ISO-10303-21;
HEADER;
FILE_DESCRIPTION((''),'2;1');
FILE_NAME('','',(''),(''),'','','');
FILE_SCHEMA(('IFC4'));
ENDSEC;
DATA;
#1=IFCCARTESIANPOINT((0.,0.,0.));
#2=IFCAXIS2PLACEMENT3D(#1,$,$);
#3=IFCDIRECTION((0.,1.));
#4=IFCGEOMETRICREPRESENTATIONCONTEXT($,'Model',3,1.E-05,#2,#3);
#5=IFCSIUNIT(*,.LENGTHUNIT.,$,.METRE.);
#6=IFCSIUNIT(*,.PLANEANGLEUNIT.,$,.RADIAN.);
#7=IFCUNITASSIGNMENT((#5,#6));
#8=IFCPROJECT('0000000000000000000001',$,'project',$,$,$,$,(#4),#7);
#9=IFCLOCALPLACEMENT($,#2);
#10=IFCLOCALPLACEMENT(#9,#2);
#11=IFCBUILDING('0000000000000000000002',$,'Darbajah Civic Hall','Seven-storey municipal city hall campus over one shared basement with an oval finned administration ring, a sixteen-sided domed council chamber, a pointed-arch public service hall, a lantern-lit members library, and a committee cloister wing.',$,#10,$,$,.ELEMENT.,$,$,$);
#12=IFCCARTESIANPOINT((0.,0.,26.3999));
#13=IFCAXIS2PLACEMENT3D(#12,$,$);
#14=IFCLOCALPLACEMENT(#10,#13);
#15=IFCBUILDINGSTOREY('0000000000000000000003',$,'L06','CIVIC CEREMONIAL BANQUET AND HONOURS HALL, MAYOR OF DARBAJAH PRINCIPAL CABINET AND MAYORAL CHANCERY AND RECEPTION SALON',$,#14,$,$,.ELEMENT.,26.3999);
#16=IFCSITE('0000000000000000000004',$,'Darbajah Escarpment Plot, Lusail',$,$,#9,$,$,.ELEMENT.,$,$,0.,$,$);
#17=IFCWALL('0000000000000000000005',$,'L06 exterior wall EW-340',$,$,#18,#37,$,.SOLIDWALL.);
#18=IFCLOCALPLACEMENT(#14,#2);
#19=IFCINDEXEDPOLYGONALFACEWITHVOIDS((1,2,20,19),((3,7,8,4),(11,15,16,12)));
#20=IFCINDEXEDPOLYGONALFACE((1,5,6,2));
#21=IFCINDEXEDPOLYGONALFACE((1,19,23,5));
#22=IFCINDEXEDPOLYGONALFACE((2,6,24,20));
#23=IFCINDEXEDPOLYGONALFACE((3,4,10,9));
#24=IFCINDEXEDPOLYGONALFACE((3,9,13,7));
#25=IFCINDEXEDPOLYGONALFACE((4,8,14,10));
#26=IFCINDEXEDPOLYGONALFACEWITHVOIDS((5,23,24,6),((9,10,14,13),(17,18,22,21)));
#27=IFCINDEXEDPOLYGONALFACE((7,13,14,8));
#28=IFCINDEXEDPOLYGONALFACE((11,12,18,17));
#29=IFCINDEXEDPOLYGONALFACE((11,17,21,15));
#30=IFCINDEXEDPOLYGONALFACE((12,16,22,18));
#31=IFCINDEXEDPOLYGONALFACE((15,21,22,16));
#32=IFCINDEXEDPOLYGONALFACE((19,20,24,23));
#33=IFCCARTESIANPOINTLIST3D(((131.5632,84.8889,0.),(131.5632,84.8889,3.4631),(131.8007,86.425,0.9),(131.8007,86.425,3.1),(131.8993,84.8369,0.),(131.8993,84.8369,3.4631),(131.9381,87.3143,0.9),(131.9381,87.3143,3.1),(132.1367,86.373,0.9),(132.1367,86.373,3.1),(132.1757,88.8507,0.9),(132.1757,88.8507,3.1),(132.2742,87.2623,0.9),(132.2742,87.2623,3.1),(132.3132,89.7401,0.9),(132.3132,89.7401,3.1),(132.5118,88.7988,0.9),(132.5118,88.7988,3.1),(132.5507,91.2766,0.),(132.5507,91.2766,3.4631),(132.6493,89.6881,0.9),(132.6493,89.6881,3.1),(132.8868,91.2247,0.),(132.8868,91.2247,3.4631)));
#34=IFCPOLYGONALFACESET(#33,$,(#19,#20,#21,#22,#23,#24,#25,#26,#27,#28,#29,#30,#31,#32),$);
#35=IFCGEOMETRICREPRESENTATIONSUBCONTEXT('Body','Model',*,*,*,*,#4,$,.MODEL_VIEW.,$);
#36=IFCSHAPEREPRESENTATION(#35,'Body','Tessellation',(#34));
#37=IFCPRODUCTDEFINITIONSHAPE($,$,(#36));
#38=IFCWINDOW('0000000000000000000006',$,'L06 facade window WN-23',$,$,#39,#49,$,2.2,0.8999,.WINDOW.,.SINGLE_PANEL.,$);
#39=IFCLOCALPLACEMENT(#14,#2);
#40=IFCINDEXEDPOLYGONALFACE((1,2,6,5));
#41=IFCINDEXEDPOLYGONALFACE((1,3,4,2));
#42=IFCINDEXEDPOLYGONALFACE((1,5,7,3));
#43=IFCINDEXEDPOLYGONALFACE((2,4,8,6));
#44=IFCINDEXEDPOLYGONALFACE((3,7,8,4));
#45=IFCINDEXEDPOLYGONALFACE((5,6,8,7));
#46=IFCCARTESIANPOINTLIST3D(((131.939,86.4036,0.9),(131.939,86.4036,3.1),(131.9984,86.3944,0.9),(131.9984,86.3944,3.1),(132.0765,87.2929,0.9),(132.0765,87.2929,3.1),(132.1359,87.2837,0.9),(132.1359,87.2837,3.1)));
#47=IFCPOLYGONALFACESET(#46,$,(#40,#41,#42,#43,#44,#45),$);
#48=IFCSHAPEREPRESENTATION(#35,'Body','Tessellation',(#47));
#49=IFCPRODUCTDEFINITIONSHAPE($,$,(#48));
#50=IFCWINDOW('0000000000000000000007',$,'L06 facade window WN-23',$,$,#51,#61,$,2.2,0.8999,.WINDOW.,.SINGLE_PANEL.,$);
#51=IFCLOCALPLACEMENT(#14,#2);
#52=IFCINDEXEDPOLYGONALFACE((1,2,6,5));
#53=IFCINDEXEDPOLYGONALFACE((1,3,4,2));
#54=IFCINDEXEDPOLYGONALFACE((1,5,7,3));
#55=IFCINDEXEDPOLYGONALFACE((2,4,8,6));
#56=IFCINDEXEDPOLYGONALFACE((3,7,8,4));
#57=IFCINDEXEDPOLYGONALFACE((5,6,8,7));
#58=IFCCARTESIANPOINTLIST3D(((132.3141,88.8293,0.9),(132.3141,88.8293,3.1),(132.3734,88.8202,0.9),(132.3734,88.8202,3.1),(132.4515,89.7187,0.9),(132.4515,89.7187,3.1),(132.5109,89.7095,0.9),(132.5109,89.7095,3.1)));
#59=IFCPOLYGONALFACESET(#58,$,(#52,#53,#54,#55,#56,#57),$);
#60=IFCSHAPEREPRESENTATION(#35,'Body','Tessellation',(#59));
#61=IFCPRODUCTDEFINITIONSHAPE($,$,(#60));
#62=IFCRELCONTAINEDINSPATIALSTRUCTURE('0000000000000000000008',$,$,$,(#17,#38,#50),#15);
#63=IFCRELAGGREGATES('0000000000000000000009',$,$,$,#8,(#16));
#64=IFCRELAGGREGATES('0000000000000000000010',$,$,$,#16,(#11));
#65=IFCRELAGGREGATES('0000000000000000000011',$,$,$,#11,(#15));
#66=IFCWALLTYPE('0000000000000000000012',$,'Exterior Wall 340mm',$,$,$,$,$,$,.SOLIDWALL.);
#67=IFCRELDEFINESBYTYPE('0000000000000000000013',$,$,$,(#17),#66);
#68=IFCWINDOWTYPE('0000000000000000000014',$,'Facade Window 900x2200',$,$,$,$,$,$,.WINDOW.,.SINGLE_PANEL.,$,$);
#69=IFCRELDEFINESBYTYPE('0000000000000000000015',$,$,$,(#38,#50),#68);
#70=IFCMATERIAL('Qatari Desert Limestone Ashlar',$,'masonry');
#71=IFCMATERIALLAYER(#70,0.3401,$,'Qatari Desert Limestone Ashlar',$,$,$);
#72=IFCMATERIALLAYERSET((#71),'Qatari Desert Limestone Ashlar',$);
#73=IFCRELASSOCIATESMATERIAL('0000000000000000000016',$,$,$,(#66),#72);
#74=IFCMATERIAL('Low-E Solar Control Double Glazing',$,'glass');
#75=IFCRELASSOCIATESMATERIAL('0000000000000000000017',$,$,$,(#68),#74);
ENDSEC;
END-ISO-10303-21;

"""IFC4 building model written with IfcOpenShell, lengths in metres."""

from ifc_helpers import new_model, si_unit, direction, frame, frame_2d, origin, place, context, subcontext, project, spatial, rectangle, extrude, material, layer, layer_set, type_object, element, fill, save


model = new_model("IFC4")

# Units and contexts
model_context = context("Model", 3, precision=1e-05, world=origin(), true_north=direction((0.0, 1.0)))
body_context = subcontext(model_context, "Body", "Model", "MODEL_VIEW")
ifc_project = project(units=[si_unit("LENGTHUNIT", "METRE"), si_unit("PLANEANGLEUNIT", "RADIAN")], contexts=[model_context])

# Site, building, storey
site_placement = place(None, origin())
site = spatial("IfcSite", under=ifc_project, at=site_placement, Name="Darbajah Escarpment Plot, Lusail", CompositionType="ELEMENT", RefElevation=0.0)
building_placement = place(site_placement, origin())
building = spatial("IfcBuilding", under=site, at=building_placement, Name="Darbajah Civic Hall", Description="Seven-storey municipal city hall campus over one shared basement with an oval finned administration ring, a sixteen-sided domed council chamber, a pointed-arch public service hall, a lantern-lit members library, and a committee cloister wing.", CompositionType="ELEMENT")
storey_placement = place(building_placement, frame((0.0, 0.0, 26.3999)))
storey = spatial("IfcBuildingStorey", under=building, at=storey_placement, Name="L06", Description="CIVIC CEREMONIAL BANQUET AND HONOURS HALL, MAYOR OF DARBAJAH PRINCIPAL CABINET AND MAYORAL CHANCERY AND RECEPTION SALON", CompositionType="ELEMENT", Elevation=26.3999)

# Shared definitions
ifc_material_1 = material(Name="Low-E Solar Control Double Glazing", Category="glass")

# Wall, openings, windows
ifc_material_2 = material(Name="Qatari Desert Limestone Ashlar", Category="masonry")
ifc_layer_1 = layer(ifc_material_2, 0.3401, Name="Qatari Desert Limestone Ashlar")
ifc_layer_set_1 = layer_set([ifc_layer_1], Name="Qatari Desert Limestone Ashlar")
wall_type = type_object("IfcWallType", Name="Exterior Wall 340mm", PredefinedType="SOLIDWALL", material=ifc_layer_set_1)
wall_placement = place(storey_placement, frame((131.7312, 84.8628, 0.0), z_axis=(0.0, 0.0, 1.0), x_axis=(0.152787, 0.988259, 0.0)))
wall = element("IfcWall", 1, at=wall_placement, inside=storey, type_object=wall_type, Name="L06 exterior wall EW-340", PredefinedType="SOLIDWALL", context=body_context, shape_type="SweptSolid", body=[
    extrude(rectangle(XDim=6.4636, YDim=0.3401, at=frame_2d((3.2319, 0.0))), origin(), (0.0, 0.0, 1.0), 3.4631),
])
opening_1_placement = place(wall_placement, frame((1.5544, 0.0, 0.8999)))
opening_1 = element("IfcOpeningElement", 2, at=opening_1_placement, cuts=wall, PredefinedType="OPENING", context=body_context, shape_type="SweptSolid", body=[
    extrude(rectangle(XDim=0.8999, YDim=2.2, at=frame_2d((0.45, 1.1001))), frame((0.0, 0.1799, 0.0), z_axis=(0.0, -1.0, 0.0), x_axis=(1.0, 0.0, 0.0)), (0.0, 0.0, 1.0), 0.3601),
])
opening_2_placement = place(wall_placement, frame((4.009, 0.0, 0.8999)))
opening_2 = element("IfcOpeningElement", 3, at=opening_2_placement, cuts=wall, PredefinedType="OPENING", context=body_context, shape_type="SweptSolid", body=[
    extrude(rectangle(XDim=0.8999, YDim=2.2, at=frame_2d((0.45, 1.1001))), frame((0.0, 0.1799, 0.0), z_axis=(0.0, -1.0, 0.0), x_axis=(1.0, 0.0, 0.0)), (0.0, 0.0, 1.0), 0.3601),
])
window_type = type_object("IfcWindowType", Name="Facade Window 900x2200", PartitioningType="SINGLE_PANEL", PredefinedType="WINDOW", material=ifc_material_1)
window_1_placement = place(opening_1_placement, origin())
window_1 = element("IfcWindow", 4, at=window_1_placement, inside=storey, type_object=window_type, Name="L06 facade window WN-23", OverallHeight=2.2, OverallWidth=0.8999, PartitioningType="SINGLE_PANEL", PredefinedType="WINDOW", context=body_context, shape_type="SweptSolid", body=[
    extrude(rectangle(XDim=0.8999, YDim=2.2, at=frame_2d((0.45, 1.1001))), frame((0.0, 0.03, 0.0), z_axis=(0.0, -1.0, 0.0), x_axis=(1.0, 0.0, 0.0)), (0.0, 0.0, 1.0), 0.0601),
])
fill(opening_1, window_1)
window_2_placement = place(opening_2_placement, origin())
window_2 = element("IfcWindow", 5, at=window_2_placement, inside=storey, type_object=window_type, Name="L06 facade window WN-23", OverallHeight=2.2, OverallWidth=0.8999, PartitioningType="SINGLE_PANEL", PredefinedType="WINDOW", context=body_context, shape_type="SweptSolid", body=[
    extrude(rectangle(XDim=0.8999, YDim=2.2, at=frame_2d((0.45, 1.1001))), frame((0.0, 0.03, 0.0), z_axis=(0.0, -1.0, 0.0), x_axis=(1.0, 0.0, 0.0)), (0.0, 0.0, 1.0), 0.0601),
])
fill(opening_2, window_2)

save(model, "model.ifc")
